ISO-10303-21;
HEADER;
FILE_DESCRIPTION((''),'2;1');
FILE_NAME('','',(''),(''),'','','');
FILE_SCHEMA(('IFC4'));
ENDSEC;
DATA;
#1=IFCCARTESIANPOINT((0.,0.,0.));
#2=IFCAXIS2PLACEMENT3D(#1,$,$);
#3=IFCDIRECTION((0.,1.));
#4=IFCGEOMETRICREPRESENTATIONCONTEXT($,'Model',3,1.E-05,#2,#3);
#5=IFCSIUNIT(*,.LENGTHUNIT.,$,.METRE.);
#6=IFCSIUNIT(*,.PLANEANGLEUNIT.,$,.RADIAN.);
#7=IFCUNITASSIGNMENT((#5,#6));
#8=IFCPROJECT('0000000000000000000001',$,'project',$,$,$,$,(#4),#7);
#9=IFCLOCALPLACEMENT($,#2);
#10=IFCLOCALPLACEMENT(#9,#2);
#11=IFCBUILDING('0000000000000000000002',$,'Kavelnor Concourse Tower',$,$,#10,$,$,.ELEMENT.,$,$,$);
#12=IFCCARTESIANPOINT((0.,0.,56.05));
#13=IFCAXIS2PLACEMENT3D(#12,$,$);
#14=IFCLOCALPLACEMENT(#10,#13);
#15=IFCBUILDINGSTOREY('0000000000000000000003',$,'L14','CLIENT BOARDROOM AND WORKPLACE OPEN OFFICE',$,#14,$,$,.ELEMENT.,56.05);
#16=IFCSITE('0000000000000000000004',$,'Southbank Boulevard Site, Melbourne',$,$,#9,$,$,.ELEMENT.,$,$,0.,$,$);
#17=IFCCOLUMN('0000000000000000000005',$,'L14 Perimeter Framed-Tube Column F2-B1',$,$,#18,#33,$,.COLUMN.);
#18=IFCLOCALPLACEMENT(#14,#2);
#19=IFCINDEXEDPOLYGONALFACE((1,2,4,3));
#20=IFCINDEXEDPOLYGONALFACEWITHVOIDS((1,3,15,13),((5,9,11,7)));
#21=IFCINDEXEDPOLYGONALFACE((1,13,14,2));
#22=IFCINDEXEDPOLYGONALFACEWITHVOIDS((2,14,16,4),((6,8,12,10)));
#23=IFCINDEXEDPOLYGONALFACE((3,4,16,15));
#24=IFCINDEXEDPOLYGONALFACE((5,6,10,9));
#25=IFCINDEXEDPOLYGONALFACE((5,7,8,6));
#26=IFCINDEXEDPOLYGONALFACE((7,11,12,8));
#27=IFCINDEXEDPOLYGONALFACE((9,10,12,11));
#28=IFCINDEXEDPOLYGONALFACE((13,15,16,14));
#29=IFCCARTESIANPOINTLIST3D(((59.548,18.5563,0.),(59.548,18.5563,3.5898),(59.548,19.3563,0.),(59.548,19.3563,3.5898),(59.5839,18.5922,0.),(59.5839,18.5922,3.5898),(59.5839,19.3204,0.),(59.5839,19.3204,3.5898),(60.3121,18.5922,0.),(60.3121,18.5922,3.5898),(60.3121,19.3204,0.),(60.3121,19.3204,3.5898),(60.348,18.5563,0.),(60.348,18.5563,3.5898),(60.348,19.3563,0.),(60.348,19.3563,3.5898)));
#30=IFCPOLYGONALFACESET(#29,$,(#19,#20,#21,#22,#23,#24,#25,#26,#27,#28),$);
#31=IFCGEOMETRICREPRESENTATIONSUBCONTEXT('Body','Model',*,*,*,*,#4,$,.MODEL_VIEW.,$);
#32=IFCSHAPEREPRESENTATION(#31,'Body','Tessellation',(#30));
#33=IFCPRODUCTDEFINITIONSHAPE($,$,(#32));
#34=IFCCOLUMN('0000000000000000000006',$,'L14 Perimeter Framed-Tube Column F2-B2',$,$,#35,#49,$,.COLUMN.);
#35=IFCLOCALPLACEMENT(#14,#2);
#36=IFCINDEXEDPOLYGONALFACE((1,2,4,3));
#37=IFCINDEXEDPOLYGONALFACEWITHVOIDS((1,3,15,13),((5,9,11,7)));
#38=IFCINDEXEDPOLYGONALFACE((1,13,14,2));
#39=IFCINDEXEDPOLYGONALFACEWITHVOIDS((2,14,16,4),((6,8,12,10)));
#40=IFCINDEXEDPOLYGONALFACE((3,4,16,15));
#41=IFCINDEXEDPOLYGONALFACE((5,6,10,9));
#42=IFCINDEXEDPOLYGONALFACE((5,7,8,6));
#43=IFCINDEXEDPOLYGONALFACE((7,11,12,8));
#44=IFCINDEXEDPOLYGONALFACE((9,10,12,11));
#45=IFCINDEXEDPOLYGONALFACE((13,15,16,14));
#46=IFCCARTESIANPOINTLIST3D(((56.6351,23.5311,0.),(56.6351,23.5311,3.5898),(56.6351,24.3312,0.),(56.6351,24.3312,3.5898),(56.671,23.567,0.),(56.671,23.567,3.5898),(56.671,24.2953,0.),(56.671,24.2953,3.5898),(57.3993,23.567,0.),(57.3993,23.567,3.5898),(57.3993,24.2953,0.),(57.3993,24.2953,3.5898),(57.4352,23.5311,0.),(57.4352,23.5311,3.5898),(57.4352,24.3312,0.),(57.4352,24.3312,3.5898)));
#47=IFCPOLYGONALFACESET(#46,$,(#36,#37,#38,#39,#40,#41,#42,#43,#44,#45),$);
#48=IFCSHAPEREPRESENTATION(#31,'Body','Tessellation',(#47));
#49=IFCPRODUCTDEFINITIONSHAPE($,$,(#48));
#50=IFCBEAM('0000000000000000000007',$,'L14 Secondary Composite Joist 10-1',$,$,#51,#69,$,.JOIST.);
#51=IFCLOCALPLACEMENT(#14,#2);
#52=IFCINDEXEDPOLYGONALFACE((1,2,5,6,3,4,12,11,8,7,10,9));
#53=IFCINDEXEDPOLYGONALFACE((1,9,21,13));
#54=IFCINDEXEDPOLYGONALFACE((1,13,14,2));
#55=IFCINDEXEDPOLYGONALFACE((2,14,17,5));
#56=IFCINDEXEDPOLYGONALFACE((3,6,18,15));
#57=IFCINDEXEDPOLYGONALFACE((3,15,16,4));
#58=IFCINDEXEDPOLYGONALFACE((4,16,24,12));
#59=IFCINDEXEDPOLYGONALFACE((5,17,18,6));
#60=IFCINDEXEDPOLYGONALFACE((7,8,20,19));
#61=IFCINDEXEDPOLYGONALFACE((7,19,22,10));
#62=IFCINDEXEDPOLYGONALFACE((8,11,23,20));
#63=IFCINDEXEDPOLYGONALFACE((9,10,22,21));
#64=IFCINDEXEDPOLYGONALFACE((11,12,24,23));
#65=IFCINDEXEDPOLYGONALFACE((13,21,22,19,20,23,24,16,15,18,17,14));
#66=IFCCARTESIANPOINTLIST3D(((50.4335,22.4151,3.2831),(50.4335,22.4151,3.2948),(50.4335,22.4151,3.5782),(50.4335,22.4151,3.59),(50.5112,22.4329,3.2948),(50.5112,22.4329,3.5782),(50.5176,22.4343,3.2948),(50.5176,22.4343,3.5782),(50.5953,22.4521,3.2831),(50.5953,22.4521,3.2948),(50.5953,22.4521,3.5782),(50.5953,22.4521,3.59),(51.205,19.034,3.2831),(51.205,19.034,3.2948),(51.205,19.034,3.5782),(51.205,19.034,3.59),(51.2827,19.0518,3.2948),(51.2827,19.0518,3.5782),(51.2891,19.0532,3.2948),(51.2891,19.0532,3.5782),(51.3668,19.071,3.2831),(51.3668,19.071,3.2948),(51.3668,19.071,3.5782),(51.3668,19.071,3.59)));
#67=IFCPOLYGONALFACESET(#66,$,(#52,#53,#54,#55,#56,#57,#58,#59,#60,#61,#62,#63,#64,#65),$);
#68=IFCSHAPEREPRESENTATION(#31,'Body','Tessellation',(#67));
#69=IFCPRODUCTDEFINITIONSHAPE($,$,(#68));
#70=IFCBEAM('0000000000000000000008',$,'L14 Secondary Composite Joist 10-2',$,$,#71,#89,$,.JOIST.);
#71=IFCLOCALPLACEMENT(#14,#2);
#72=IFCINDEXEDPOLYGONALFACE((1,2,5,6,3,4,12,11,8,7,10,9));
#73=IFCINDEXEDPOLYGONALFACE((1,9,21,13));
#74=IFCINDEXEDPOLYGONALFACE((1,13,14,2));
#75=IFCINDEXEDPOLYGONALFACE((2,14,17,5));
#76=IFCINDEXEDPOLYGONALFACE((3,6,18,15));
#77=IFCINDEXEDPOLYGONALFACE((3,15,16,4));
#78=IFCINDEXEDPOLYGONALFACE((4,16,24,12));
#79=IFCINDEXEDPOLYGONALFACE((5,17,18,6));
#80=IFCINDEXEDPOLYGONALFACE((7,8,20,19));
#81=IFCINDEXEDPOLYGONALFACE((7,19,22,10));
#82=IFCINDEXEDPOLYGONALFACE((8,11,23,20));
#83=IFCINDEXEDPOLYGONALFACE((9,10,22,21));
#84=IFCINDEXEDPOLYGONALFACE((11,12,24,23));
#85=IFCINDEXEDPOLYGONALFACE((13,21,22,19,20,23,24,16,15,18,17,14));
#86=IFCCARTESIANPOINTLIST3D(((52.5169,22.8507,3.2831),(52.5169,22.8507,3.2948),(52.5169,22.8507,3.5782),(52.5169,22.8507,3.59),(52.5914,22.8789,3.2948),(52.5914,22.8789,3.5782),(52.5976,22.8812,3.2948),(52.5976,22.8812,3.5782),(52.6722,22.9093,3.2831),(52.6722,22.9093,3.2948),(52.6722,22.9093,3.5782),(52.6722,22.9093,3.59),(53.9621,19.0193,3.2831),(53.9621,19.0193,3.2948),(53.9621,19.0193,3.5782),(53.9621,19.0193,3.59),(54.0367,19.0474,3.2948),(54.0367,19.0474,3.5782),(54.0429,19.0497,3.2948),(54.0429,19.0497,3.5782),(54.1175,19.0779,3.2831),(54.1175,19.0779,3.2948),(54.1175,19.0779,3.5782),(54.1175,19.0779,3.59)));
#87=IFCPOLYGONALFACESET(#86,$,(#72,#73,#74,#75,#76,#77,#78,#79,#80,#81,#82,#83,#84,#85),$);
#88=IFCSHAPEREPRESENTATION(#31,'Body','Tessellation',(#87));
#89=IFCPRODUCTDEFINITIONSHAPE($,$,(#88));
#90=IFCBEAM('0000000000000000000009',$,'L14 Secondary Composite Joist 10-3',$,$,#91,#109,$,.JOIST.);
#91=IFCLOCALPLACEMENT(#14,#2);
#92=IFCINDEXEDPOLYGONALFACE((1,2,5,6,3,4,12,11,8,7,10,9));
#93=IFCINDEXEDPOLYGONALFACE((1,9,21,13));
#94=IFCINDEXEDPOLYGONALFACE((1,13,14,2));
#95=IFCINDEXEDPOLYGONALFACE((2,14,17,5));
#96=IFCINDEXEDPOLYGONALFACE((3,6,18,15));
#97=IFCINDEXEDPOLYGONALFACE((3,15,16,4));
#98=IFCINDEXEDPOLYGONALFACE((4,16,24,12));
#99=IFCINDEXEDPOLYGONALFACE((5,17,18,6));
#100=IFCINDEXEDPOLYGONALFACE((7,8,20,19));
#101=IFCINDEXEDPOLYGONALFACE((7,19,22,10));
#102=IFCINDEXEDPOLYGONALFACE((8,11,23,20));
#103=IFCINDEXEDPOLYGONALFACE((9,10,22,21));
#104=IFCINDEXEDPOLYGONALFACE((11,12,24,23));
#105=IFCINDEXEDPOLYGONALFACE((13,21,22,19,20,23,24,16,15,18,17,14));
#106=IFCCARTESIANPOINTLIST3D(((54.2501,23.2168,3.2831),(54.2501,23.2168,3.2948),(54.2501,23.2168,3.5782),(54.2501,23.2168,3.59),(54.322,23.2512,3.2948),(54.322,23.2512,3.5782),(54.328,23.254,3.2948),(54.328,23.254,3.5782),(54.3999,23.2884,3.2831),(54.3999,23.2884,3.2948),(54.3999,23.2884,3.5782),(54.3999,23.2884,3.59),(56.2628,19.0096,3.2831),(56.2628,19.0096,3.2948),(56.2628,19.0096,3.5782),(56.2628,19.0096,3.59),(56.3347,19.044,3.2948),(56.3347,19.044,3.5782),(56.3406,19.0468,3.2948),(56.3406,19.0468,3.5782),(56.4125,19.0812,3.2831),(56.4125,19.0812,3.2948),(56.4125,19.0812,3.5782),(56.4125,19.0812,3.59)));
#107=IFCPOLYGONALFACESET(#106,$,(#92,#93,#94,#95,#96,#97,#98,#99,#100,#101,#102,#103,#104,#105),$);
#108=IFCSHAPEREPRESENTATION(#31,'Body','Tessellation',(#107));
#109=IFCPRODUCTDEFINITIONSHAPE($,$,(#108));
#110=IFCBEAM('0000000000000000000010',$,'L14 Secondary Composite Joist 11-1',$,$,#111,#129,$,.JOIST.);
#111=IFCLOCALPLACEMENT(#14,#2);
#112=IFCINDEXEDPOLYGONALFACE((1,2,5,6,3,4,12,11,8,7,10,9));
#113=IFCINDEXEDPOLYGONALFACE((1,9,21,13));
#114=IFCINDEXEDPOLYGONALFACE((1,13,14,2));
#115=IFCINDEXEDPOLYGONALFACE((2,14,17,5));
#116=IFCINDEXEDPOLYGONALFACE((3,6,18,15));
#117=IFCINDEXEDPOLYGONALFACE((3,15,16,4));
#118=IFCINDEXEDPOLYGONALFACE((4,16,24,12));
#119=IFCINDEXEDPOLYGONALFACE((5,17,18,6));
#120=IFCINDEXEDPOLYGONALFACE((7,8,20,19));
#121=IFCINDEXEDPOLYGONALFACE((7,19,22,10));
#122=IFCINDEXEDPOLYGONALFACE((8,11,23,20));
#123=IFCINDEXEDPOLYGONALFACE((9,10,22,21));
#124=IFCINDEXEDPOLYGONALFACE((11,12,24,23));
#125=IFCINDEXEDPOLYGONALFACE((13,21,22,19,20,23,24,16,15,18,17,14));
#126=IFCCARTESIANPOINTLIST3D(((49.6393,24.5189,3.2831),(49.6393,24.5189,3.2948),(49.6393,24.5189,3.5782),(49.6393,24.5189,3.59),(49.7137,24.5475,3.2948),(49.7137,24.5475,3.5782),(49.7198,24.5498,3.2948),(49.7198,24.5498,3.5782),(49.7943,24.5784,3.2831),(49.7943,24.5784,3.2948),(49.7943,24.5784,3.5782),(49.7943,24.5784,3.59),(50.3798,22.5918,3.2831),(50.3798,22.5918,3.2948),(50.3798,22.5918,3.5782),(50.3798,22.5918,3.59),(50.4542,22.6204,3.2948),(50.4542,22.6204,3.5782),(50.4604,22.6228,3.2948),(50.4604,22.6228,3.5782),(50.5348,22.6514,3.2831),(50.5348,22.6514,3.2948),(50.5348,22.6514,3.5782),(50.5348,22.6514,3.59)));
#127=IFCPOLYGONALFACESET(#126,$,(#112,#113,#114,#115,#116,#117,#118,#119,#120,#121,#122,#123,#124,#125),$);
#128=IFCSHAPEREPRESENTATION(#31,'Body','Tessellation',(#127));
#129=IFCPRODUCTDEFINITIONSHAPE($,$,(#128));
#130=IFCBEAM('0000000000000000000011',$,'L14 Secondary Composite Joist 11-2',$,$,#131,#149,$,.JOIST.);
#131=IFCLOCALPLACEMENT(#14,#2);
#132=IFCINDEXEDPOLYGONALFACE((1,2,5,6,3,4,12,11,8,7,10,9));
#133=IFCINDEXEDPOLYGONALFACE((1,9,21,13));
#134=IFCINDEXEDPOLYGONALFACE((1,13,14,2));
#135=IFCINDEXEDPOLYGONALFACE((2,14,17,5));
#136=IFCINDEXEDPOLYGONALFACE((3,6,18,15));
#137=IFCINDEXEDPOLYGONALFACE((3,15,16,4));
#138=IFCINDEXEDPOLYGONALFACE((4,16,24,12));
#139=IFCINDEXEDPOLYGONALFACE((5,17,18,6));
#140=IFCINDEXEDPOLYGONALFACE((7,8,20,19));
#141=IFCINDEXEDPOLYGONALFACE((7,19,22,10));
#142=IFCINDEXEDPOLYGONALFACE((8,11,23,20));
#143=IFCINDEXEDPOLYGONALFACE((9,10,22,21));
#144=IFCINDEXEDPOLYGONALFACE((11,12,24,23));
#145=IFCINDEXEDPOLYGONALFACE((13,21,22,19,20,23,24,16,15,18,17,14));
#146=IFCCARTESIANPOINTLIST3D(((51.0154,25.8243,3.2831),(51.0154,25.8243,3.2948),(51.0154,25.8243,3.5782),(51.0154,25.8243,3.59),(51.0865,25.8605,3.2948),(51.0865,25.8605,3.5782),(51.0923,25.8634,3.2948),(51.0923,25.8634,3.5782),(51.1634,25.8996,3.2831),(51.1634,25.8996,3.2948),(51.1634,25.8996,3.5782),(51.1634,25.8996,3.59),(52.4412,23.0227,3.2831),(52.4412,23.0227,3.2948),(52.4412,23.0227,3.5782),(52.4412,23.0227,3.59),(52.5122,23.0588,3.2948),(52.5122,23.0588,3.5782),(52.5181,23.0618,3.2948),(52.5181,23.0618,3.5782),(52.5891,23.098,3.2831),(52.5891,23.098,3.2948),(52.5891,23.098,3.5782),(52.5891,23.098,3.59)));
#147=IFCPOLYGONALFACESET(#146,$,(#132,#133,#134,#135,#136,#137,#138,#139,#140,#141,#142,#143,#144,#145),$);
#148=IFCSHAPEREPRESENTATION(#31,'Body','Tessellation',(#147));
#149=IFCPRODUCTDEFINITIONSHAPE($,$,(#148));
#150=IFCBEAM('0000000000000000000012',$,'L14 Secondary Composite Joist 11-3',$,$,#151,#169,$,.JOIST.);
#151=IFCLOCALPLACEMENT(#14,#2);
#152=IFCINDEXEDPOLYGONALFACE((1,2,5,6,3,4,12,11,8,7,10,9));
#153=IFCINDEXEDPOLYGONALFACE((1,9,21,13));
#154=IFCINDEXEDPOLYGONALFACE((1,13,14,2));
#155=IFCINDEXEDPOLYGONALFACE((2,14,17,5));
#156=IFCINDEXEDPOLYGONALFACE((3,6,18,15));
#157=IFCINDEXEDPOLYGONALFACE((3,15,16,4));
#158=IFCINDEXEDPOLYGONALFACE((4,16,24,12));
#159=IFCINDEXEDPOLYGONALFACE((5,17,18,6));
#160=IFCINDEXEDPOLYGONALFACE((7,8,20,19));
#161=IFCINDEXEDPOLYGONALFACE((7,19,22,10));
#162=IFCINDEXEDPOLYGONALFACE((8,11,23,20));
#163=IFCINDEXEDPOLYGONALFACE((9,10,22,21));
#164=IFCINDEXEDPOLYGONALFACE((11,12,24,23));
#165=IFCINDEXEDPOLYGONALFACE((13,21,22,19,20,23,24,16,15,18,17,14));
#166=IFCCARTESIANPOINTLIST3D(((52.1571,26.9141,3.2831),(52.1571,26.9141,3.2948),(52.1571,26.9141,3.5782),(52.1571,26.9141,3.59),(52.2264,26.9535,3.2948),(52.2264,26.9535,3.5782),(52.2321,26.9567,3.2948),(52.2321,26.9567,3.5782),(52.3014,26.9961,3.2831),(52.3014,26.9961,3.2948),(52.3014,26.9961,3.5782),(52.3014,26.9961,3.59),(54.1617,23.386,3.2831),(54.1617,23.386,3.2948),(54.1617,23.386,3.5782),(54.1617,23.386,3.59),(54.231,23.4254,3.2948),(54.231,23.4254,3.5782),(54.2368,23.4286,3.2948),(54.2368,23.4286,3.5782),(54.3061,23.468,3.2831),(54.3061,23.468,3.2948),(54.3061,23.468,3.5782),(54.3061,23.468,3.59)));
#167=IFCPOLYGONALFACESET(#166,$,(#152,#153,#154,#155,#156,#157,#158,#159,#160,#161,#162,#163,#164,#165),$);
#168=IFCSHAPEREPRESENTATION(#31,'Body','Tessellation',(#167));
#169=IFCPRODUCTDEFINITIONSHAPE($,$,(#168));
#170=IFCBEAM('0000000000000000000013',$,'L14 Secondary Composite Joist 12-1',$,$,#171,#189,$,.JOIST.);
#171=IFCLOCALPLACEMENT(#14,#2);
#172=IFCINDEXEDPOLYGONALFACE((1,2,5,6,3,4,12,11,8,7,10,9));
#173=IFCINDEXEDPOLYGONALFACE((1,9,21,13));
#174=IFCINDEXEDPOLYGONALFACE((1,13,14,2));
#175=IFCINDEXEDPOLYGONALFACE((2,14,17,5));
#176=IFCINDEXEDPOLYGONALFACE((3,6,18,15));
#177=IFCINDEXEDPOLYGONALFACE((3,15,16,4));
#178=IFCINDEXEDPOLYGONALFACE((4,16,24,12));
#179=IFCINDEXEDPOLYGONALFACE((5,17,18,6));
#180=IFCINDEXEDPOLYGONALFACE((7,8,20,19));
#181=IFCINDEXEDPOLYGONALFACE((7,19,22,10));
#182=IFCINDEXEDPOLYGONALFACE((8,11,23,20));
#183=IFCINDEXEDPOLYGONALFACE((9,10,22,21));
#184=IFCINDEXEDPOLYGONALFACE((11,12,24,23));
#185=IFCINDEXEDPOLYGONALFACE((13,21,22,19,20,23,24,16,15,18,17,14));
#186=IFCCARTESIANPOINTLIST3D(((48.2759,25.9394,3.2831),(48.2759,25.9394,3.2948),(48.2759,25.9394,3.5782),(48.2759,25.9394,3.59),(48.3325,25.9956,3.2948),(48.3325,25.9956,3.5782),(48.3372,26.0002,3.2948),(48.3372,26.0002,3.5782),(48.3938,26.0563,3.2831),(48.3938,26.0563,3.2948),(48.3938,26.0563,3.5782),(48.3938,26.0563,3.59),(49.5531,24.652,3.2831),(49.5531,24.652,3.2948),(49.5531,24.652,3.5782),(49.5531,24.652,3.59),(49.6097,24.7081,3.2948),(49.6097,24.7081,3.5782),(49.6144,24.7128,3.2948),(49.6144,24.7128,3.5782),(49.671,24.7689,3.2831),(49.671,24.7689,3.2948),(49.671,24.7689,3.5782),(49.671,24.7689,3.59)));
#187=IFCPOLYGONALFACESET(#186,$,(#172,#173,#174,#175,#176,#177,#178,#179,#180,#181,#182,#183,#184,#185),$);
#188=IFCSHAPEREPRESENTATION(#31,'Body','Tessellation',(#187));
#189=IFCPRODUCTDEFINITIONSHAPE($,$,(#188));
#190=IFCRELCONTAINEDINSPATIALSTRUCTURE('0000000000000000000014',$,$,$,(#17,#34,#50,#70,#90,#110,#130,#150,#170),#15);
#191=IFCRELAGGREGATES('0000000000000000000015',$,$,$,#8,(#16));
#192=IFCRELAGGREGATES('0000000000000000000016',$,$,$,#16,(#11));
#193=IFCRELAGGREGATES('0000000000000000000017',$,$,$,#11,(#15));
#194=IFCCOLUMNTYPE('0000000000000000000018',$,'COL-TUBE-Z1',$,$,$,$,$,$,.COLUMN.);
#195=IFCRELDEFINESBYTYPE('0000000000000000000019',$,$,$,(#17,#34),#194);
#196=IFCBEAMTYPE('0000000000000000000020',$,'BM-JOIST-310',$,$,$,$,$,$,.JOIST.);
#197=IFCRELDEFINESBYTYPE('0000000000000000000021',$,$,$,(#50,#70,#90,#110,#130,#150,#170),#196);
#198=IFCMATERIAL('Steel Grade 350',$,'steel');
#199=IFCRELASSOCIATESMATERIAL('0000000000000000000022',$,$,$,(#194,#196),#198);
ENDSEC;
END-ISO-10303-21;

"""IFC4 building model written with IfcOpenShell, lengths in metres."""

from ifc_helpers import new_model, si_unit, direction, frame, origin, origin_2d, place, context, subcontext, project, spatial, hollow_rectangle, i_section, extrude, material, material_profile, profile_set, type_object, element, save


model = new_model("IFC4")

# Units and contexts
model_context = context("Model", 3, precision=1e-05, world=origin(), true_north=direction((0.0, 1.0)))
body_context = subcontext(model_context, "Body", "Model", "MODEL_VIEW")
ifc_project = project(units=[si_unit("LENGTHUNIT", "METRE"), si_unit("PLANEANGLEUNIT", "RADIAN")], contexts=[model_context])

# Site, building, storey
site_placement = place(None, origin())
site = spatial("IfcSite", under=ifc_project, at=site_placement, Name="Southbank Boulevard Site, Melbourne", CompositionType="ELEMENT", RefElevation=0.0)
building_placement = place(site_placement, origin())
building = spatial("IfcBuilding", under=site, at=building_placement, Name="Kavelnor Concourse Tower", CompositionType="ELEMENT")
storey_placement = place(building_placement, frame((0.0, 0.0, 56.05)))
storey = spatial("IfcBuildingStorey", under=building, at=storey_placement, Name="L14", Description="CLIENT BOARDROOM AND WORKPLACE OPEN OFFICE", CompositionType="ELEMENT", Elevation=56.05)

# Columns
ifc_material_1 = material(Name="Steel Grade 350", Category="steel")
ifc_material_profile_1 = material_profile(ifc_material_1, hollow_rectangle(XDim=0.8, YDim=0.8, WallThickness=0.0359, at=origin_2d()), Name="SHS 800x800x36")
ifc_profile_set_1 = profile_set([ifc_material_profile_1], Name="Steel Grade 350")
column_type = type_object("IfcColumnType", Name="COL-TUBE-Z1", PredefinedType="COLUMN", material=ifc_profile_set_1)
for number, where, z_axis, x_axis, name in (
    (1, (59.948, 18.9563, 0.0), (0.0, 0.0, 1.0), (1.0, 0.0, 0.0), "L14 Perimeter Framed-Tube Column F2-B1"),
    (2, (57.0352, 23.9312, 0.0), (0.0, 0.0, 1.0), (1.0, 0.0, 0.0), "L14 Perimeter Framed-Tube Column F2-B2"),
):
    element("IfcColumn", number, at=place(storey_placement, frame(where, z_axis=z_axis, x_axis=x_axis)), inside=storey, type_object=column_type, Name=name, PredefinedType="COLUMN", context=body_context, shape_type="SweptSolid", body=[
        extrude(hollow_rectangle(XDim=0.8, YDim=0.8, WallThickness=0.0359, at=origin_2d()), origin(), (0.0, 0.0, 1.0), 3.5898),
    ])

# Beams
ifc_material_profile_2 = material_profile(ifc_material_1, i_section(OverallWidth=0.166, OverallDepth=0.3069, WebThickness=0.0066, FlangeThickness=0.0117, at=origin_2d()), Name="310UB46")
ifc_profile_set_2 = profile_set([ifc_material_profile_2], Name="Steel Grade 350")
beam_type_1 = type_object("IfcBeamType", Name="BM-JOIST-310", PredefinedType="JOIST", material=ifc_profile_set_2)
beam_1_placement = place(storey_placement, frame((51.2859, 19.0525, 3.4365), z_axis=(-0.222458, 0.974942, 0.0), x_axis=(-0.974942, -0.222458, 0.0)))
element("IfcBeam", 3, at=beam_1_placement, inside=storey, type_object=beam_type_1, Name="L14 Secondary Composite Joist 10-1", PredefinedType="JOIST", context=body_context, shape_type="SweptSolid", body=[
    extrude(i_section(OverallWidth=0.166, OverallDepth=0.3069, WebThickness=0.0066, FlangeThickness=0.0117, at=origin_2d()), origin(), (0.0, 0.0, 1.0), 3.468),
])
beam_2_placement = place(storey_placement, frame((54.0398, 19.0486, 3.4365), z_axis=(-0.352939, 0.935646, 0.0), x_axis=(-0.935646, -0.352939, 0.0)))
element("IfcBeam", 4, at=beam_2_placement, inside=storey, type_object=beam_type_1, Name="L14 Secondary Composite Joist 10-2", PredefinedType="JOIST", context=body_context, shape_type="SweptSolid", body=[
    extrude(i_section(OverallWidth=0.166, OverallDepth=0.3069, WebThickness=0.0066, FlangeThickness=0.0117, at=origin_2d()), origin(), (0.0, 0.0, 1.0), 4.095),
])
beam_3_placement = place(storey_placement, frame((56.3376, 19.0454, 3.4365), z_axis=(-0.431546, 0.902091, 0.0), x_axis=(-0.902091, -0.431546, 0.0)))
element("IfcBeam", 5, at=beam_3_placement, inside=storey, type_object=beam_type_1, Name="L14 Secondary Composite Joist 10-3", PredefinedType="JOIST", context=body_context, shape_type="SweptSolid", body=[
    extrude(i_section(OverallWidth=0.166, OverallDepth=0.3069, WebThickness=0.0066, FlangeThickness=0.0117, at=origin_2d()), origin(), (0.0, 0.0, 1.0), 4.6638),
])
beam_4_placement = place(storey_placement, frame((50.4573, 22.6216, 3.4365), z_axis=(-0.358694, 0.933455, 0.0), x_axis=(-0.933455, -0.358694, 0.0)))
element("IfcBeam", 6, at=beam_4_placement, inside=storey, type_object=beam_type_1, Name="L14 Secondary Composite Joist 11-1", PredefinedType="JOIST", context=body_context, shape_type="SweptSolid", body=[
    extrude(i_section(OverallWidth=0.166, OverallDepth=0.3069, WebThickness=0.0066, FlangeThickness=0.0117, at=origin_2d()), origin(), (0.0, 0.0, 1.0), 2.0645),
])
beam_5_placement = place(storey_placement, frame((52.5151, 23.0603, 3.4365), z_axis=(-0.453539, 0.891236, 0.0), x_axis=(-0.891236, -0.453539, 0.0)))
element("IfcBeam", 7, at=beam_5_placement, inside=storey, type_object=beam_type_1, Name="L14 Secondary Composite Joist 11-2", PredefinedType="JOIST", context=body_context, shape_type="SweptSolid", body=[
    extrude(i_section(OverallWidth=0.166, OverallDepth=0.3069, WebThickness=0.0066, FlangeThickness=0.0117, at=origin_2d()), origin(), (0.0, 0.0, 1.0), 3.1436),
])
beam_6_placement = place(storey_placement, frame((54.2339, 23.427, 3.4365), z_axis=(-0.494019, 0.869451, 0.0), x_axis=(-0.869451, -0.494019, 0.0)))
element("IfcBeam", 8, at=beam_6_placement, inside=storey, type_object=beam_type_1, Name="L14 Secondary Composite Joist 11-3", PredefinedType="JOIST", context=body_context, shape_type="SweptSolid", body=[
    extrude(i_section(OverallWidth=0.166, OverallDepth=0.3069, WebThickness=0.0066, FlangeThickness=0.0117, at=origin_2d()), origin(), (0.0, 0.0, 1.0), 4.0579),
])
beam_7_placement = place(storey_placement, frame((49.6121, 24.7104, 3.4365), z_axis=(-0.704274, 0.709928, 0.0), x_axis=(-0.709928, -0.704274, 0.0)))
element("IfcBeam", 9, at=beam_7_placement, inside=storey, type_object=beam_type_1, Name="L14 Secondary Composite Joist 12-1", PredefinedType="JOIST", context=body_context, shape_type="SweptSolid", body=[
    extrude(i_section(OverallWidth=0.166, OverallDepth=0.3069, WebThickness=0.0066, FlangeThickness=0.0117, at=origin_2d()), origin(), (0.0, 0.0, 1.0), 1.8135),
])

save(model, "model.ifc")
